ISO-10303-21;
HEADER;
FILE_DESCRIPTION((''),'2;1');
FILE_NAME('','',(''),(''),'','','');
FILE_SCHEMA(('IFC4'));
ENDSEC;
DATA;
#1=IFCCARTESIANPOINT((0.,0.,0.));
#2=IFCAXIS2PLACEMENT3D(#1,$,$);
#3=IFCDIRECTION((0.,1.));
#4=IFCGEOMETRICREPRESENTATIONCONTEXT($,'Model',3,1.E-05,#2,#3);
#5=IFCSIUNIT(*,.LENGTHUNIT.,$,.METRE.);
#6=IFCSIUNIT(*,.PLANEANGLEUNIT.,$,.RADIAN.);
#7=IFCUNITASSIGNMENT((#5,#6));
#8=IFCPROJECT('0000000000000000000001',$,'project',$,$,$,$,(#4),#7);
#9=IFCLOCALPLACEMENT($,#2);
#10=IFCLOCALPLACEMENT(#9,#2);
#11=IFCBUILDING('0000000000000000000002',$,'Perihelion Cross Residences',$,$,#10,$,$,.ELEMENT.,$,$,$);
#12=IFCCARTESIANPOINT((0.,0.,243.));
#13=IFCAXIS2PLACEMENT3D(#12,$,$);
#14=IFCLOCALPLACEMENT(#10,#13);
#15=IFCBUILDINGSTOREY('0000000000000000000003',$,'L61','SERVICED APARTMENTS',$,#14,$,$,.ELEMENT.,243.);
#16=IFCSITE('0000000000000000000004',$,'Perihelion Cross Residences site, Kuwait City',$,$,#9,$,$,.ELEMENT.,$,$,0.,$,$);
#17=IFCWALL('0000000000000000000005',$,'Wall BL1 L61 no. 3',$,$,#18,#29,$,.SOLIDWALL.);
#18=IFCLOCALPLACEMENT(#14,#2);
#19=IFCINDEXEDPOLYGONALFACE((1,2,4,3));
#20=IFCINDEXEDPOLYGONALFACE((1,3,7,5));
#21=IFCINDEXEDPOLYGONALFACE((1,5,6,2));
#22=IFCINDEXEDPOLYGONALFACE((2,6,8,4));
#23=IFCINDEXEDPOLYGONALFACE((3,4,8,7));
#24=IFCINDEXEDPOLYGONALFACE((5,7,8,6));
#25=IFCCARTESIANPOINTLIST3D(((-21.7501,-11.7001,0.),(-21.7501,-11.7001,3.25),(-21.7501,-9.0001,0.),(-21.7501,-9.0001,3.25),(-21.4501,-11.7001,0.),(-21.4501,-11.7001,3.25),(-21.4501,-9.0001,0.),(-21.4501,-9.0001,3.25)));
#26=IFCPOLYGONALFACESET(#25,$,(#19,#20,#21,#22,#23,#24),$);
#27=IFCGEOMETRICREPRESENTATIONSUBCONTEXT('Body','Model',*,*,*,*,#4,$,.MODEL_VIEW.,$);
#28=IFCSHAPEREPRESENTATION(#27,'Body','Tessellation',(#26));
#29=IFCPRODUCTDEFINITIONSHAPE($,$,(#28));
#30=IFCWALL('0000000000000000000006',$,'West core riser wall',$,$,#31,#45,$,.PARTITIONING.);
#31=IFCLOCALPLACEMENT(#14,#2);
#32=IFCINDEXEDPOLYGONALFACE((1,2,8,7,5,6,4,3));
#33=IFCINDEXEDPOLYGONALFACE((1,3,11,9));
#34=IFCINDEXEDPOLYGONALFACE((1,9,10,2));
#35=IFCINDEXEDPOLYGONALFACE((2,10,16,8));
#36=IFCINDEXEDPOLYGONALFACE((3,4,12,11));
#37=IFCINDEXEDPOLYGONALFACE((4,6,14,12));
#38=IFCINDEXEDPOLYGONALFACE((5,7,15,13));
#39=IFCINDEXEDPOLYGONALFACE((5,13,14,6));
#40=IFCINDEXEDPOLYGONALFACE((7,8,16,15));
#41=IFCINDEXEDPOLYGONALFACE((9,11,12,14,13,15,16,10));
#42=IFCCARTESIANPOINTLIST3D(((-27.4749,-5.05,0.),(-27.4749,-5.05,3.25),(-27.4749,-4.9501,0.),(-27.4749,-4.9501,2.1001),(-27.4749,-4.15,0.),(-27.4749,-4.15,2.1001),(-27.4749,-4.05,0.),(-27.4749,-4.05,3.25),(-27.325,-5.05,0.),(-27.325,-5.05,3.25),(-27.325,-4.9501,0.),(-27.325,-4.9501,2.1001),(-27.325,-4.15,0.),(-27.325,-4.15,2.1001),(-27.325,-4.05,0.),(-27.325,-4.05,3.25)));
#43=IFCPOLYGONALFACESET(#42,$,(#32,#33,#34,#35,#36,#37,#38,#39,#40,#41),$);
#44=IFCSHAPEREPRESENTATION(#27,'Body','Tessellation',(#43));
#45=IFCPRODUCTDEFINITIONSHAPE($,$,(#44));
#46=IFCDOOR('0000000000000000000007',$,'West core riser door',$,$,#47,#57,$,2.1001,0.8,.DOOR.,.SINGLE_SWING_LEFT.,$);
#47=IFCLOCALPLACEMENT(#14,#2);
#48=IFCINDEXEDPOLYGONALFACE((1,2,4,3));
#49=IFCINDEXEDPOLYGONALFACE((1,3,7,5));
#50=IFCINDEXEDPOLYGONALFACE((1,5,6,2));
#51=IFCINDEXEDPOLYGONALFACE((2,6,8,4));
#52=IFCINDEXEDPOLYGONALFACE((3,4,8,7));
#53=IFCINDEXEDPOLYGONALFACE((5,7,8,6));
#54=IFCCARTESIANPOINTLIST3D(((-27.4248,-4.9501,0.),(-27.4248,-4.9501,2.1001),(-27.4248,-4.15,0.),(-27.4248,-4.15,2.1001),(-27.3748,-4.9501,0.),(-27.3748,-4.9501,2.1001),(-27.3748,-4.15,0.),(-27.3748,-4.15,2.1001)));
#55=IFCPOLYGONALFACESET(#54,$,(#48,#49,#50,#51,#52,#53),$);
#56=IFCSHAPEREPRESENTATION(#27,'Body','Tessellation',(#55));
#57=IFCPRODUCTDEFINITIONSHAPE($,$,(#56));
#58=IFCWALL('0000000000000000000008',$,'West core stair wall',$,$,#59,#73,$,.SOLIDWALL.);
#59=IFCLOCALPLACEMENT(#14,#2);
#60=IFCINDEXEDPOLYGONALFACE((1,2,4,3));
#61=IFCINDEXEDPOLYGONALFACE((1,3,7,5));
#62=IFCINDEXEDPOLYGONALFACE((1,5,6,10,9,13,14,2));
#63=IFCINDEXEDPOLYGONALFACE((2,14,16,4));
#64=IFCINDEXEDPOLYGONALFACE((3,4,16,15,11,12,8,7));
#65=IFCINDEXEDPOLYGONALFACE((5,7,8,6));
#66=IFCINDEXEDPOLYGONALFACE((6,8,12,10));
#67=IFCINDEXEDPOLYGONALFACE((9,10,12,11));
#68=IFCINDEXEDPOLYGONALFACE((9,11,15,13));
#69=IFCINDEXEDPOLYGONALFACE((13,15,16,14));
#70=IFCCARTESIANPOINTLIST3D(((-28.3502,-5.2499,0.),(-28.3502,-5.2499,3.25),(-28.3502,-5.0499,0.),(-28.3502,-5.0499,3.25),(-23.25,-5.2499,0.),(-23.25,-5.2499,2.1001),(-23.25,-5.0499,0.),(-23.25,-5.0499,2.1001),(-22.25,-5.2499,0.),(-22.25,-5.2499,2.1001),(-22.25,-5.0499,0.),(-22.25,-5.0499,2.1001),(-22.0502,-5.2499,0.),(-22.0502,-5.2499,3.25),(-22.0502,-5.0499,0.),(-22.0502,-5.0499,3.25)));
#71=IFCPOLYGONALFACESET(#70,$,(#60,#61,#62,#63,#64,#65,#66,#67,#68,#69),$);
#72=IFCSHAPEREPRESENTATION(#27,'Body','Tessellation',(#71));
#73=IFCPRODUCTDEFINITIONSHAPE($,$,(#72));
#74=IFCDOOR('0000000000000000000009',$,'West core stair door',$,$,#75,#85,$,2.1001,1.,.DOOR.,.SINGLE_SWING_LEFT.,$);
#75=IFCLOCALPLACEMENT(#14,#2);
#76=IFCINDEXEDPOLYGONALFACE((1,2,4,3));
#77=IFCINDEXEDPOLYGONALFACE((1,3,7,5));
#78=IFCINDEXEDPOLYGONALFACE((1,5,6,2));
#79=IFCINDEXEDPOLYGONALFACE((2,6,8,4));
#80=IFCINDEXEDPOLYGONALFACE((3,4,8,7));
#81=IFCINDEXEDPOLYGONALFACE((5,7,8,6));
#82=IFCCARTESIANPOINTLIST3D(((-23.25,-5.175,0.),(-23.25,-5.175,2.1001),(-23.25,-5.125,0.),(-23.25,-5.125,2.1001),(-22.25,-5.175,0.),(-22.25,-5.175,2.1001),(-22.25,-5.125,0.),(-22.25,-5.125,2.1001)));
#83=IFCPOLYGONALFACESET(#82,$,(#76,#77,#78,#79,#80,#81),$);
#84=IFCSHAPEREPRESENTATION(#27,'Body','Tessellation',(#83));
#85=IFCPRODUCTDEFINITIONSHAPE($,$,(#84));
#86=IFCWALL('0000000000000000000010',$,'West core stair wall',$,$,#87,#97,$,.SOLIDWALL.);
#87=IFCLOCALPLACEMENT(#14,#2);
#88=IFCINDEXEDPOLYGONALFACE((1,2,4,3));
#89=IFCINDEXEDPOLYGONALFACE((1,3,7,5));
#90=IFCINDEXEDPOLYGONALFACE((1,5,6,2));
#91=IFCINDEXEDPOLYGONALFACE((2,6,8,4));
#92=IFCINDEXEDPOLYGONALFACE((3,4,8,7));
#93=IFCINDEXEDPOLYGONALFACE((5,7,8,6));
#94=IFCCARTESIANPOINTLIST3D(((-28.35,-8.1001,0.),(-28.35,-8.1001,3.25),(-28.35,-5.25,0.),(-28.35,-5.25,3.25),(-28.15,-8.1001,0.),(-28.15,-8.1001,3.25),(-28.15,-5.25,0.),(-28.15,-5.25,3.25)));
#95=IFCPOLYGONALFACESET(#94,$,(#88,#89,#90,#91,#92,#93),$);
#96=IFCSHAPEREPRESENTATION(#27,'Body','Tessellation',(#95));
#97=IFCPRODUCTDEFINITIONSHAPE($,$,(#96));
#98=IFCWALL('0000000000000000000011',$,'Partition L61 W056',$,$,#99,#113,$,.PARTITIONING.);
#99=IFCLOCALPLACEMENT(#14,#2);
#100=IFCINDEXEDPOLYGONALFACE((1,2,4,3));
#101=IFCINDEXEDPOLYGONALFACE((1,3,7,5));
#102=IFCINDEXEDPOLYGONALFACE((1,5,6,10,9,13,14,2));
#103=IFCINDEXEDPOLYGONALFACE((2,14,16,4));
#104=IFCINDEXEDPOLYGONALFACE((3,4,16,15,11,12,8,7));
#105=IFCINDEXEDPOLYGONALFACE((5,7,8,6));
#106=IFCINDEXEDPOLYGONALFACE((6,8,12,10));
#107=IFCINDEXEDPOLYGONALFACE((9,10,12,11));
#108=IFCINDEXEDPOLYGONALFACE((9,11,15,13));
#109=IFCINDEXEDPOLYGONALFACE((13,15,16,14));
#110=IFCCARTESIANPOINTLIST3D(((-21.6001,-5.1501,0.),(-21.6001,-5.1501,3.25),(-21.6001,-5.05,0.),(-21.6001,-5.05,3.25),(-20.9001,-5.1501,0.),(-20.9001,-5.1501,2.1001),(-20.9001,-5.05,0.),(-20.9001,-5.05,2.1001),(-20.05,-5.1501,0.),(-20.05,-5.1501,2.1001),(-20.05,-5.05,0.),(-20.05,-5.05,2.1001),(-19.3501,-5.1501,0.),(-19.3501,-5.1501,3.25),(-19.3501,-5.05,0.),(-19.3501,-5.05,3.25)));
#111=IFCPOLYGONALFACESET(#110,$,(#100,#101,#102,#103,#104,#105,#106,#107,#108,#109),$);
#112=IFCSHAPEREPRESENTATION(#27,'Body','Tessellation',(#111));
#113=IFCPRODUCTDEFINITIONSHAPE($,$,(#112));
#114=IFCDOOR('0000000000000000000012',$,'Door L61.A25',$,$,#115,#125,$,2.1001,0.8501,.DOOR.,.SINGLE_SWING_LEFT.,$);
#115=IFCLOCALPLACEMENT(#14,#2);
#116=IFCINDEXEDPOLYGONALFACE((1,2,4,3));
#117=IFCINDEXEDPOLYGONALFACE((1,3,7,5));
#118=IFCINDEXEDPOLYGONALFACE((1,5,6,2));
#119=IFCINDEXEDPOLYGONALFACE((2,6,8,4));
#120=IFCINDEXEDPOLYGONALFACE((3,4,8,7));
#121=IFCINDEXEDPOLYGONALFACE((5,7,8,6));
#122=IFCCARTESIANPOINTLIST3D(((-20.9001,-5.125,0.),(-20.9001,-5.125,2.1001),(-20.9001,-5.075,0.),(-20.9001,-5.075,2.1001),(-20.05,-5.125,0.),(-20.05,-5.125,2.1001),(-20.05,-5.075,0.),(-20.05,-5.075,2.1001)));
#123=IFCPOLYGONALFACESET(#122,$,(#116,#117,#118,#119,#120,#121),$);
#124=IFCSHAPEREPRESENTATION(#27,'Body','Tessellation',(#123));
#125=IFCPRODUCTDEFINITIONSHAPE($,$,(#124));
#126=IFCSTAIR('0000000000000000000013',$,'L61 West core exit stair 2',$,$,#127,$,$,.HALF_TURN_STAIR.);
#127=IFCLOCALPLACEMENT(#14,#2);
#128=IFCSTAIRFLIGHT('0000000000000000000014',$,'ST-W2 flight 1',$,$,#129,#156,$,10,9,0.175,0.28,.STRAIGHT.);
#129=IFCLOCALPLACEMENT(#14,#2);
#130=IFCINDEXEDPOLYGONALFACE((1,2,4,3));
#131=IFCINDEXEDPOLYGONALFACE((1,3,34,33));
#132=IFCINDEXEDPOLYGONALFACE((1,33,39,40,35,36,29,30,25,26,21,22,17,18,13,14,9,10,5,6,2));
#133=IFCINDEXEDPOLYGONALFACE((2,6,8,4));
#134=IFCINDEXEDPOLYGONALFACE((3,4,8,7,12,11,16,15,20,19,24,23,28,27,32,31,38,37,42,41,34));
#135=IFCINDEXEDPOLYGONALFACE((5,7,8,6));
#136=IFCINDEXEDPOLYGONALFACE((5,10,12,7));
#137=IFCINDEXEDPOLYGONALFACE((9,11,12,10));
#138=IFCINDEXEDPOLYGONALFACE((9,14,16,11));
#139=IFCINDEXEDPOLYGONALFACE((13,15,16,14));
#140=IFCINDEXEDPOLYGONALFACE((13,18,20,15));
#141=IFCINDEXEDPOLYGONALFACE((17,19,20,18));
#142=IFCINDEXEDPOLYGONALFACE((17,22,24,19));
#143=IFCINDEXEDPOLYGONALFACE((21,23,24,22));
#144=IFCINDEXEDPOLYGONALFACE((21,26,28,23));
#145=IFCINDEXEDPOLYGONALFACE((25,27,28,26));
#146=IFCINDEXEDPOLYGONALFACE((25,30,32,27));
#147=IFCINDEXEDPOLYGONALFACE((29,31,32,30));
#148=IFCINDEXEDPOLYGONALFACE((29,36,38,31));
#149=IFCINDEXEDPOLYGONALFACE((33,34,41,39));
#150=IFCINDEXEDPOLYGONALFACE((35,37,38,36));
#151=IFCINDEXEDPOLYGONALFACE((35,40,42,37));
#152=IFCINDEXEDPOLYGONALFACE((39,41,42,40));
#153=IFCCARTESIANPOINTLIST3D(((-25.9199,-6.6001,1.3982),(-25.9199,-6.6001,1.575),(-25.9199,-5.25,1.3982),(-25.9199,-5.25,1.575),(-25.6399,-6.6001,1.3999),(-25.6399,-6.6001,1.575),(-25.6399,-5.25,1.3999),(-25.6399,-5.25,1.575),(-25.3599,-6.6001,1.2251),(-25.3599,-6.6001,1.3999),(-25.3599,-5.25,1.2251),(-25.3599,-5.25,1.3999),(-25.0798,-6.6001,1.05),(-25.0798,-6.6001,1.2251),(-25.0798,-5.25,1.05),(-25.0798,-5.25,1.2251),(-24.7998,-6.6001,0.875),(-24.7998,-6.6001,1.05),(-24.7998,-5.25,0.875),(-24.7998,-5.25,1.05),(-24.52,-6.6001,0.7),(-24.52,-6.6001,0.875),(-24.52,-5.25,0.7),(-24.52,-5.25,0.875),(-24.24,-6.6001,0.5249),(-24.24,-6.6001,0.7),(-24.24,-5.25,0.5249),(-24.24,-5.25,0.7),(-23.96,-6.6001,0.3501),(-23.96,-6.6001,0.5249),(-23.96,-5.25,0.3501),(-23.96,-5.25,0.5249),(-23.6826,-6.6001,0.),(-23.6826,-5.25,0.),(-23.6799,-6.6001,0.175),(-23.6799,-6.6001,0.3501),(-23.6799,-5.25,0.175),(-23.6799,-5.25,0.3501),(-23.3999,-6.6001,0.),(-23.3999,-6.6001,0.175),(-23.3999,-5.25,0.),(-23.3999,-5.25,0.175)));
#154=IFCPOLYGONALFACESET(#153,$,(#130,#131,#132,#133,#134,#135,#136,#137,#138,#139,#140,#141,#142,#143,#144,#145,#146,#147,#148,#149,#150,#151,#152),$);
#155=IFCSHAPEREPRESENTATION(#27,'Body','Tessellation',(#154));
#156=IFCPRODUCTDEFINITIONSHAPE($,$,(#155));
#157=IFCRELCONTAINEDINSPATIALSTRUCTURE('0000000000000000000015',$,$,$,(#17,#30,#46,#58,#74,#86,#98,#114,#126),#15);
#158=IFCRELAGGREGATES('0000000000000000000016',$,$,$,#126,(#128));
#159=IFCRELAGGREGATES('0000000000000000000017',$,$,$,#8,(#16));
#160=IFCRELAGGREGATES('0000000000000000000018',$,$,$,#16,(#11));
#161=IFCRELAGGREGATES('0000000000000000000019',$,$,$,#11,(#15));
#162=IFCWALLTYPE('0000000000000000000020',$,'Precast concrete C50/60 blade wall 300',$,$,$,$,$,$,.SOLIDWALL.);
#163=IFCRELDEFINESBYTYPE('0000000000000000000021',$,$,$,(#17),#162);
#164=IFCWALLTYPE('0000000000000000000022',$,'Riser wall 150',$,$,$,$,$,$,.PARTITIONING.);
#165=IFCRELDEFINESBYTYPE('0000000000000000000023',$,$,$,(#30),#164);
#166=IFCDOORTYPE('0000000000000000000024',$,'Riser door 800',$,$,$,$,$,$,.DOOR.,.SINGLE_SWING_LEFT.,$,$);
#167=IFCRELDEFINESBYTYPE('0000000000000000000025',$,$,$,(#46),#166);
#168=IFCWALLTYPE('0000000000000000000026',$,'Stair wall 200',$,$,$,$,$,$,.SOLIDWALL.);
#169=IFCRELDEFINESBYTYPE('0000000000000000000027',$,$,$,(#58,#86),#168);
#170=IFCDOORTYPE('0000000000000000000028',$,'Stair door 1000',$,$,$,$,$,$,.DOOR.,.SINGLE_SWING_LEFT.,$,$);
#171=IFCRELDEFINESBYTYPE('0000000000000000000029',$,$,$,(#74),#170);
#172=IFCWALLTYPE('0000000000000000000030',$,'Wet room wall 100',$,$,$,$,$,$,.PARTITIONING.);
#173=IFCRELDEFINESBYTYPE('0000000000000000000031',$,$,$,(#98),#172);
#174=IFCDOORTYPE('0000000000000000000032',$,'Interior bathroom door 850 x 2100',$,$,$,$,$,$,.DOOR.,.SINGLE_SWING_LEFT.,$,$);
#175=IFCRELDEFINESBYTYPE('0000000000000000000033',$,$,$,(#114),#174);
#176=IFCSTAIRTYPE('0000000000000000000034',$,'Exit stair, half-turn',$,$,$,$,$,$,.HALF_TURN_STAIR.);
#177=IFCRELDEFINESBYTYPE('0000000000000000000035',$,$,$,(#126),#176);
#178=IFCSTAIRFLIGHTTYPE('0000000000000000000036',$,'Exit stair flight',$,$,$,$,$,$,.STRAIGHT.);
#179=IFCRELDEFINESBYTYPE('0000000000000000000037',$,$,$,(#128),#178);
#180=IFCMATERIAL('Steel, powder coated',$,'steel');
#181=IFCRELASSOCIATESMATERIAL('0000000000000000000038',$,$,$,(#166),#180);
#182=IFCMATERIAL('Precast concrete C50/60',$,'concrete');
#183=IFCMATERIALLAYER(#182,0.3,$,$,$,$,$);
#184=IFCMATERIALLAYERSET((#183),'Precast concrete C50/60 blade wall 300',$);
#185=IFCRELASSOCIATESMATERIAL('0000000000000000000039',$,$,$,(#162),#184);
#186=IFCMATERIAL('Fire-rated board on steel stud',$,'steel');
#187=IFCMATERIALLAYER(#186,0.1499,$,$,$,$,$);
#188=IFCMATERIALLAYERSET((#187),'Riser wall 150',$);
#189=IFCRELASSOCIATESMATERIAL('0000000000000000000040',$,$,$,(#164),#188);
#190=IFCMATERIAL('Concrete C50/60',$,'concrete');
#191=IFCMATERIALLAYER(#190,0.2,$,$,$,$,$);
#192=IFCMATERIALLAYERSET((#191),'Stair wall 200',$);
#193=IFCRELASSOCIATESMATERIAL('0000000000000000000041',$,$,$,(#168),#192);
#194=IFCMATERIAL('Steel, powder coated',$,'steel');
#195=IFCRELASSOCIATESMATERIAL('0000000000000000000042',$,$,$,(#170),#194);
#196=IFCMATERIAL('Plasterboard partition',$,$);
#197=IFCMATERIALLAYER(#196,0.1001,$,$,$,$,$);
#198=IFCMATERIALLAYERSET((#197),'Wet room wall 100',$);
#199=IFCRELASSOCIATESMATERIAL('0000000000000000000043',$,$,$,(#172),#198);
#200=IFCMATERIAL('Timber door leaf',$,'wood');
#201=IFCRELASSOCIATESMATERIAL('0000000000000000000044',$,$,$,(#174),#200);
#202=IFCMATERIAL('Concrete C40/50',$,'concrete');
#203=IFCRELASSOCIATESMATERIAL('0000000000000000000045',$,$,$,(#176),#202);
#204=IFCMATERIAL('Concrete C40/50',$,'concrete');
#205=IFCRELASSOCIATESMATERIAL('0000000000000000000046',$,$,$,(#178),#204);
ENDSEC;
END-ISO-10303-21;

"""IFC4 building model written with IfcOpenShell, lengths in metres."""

from ifc_helpers import new_model, si_unit, direction, frame, frame_2d, origin, place, context, subcontext, project, spatial, polyline, rectangle, outline, extrude, material, layer, layer_set, type_object, element, fill, aggregate, save


model = new_model("IFC4")

# Units and contexts
model_context = context("Model", 3, precision=1e-05, world=origin(), true_north=direction((0.0, 1.0)))
body_context = subcontext(model_context, "Body", "Model", "MODEL_VIEW")
ifc_project = project(units=[si_unit("LENGTHUNIT", "METRE"), si_unit("PLANEANGLEUNIT", "RADIAN")], contexts=[model_context])

# Site, building, storey
site_placement = place(None, origin())
site = spatial("IfcSite", under=ifc_project, at=site_placement, Name="Perihelion Cross Residences site, Kuwait City", CompositionType="ELEMENT", RefElevation=0.0)
building_placement = place(site_placement, origin())
building = spatial("IfcBuilding", under=site, at=building_placement, Name="Perihelion Cross Residences", CompositionType="ELEMENT")
storey_placement = place(building_placement, frame((0.0, 0.0, 243.0)))
storey = spatial("IfcBuildingStorey", under=building, at=storey_placement, Name="L61", Description="SERVICED APARTMENTS", CompositionType="ELEMENT", Elevation=243.0)

# Shared definitions
ifc_material_1 = material(Name="Steel, powder coated", Category="steel")
door_type_1 = type_object("IfcDoorType", Name="Riser door 800", OperationType="SINGLE_SWING_LEFT", PredefinedType="DOOR", material=ifc_material_1)

# Wall
ifc_material_2 = material(Name="Precast concrete C50/60", Category="concrete")
ifc_layer_1 = layer(ifc_material_2, 0.3)
ifc_layer_set_1 = layer_set([ifc_layer_1], Name="Precast concrete C50/60 blade wall 300")
wall_type_1 = type_object("IfcWallType", Name="Precast concrete C50/60 blade wall 300", PredefinedType="SOLIDWALL", material=ifc_layer_set_1)
wall_1_placement = place(storey_placement, frame((-21.6001, -9.0, 0.0), z_axis=(0.0, 0.0, 1.0), x_axis=(0.0, -1.0, 0.0)))
element("IfcWall", 1, at=wall_1_placement, inside=storey, type_object=wall_type_1, Name="Wall BL1 L61 no. 3", PredefinedType="SOLIDWALL", context=body_context, shape_type="SweptSolid", body=[
    extrude(rectangle(XDim=2.7, YDim=0.3, at=frame_2d((1.3501, 0.0))), origin(), (0.0, 0.0, 1.0), 3.25),
])

# Walls, openings, doors
ifc_material_3 = material(Name="Fire-rated board on steel stud", Category="steel")
ifc_layer_2 = layer(ifc_material_3, 0.1499)
ifc_layer_set_2 = layer_set([ifc_layer_2], Name="Riser wall 150")
wall_type_2 = type_object("IfcWallType", Name="Riser wall 150", PredefinedType="PARTITIONING", material=ifc_layer_set_2)
wall_2_placement = place(storey_placement, frame((-27.3999, -5.05, 0.0), z_axis=(0.0, 0.0, 1.0), x_axis=(0.0, 1.0, 0.0)))
wall_2 = element("IfcWall", 2, at=wall_2_placement, inside=storey, type_object=wall_type_2, Name="West core riser wall", PredefinedType="PARTITIONING", context=body_context, shape_type="SweptSolid", body=[
    extrude(rectangle(XDim=1.0, YDim=0.1499, at=frame_2d((0.5, 0.0))), origin(), (0.0, 0.0, 1.0), 3.25),
])
opening_1_placement = place(wall_2_placement, frame((0.1001, 0.0, 0.0)))
opening_1 = element("IfcOpeningElement", 3, at=opening_1_placement, cuts=wall_2, PredefinedType="OPENING", context=body_context, shape_type="SweptSolid", body=[
    extrude(rectangle(XDim=0.8, YDim=2.1001, at=frame_2d((0.3999, 1.05))), frame((0.0, 0.085, 0.0), z_axis=(0.0, -1.0, 0.0), x_axis=(1.0, 0.0, 0.0)), (0.0, 0.0, 1.0), 0.1699),
])
door_1_placement = place(opening_1_placement, origin())
door_1 = element("IfcDoor", 4, at=door_1_placement, inside=storey, type_object=door_type_1, Name="West core riser door", OperationType="SINGLE_SWING_LEFT", OverallHeight=2.1001, OverallWidth=0.8, PredefinedType="DOOR", context=body_context, shape_type="SweptSolid", body=[
    extrude(rectangle(XDim=0.8, YDim=2.1001, at=frame_2d((0.3999, 1.05))), frame((0.0, 0.0249, 0.0), z_axis=(0.0, -1.0, 0.0), x_axis=(1.0, 0.0, 0.0)), (0.0, 0.0, 1.0), 0.05),
])
fill(opening_1, door_1)
ifc_material_4 = material(Name="Concrete C50/60", Category="concrete")
ifc_layer_3 = layer(ifc_material_4, 0.2)
ifc_layer_set_3 = layer_set([ifc_layer_3], Name="Stair wall 200")
wall_type_3 = type_object("IfcWallType", Name="Stair wall 200", PredefinedType="SOLIDWALL", material=ifc_layer_set_3)
wall_3_placement = place(storey_placement, frame((-28.3501, -5.1499, 0.0), z_axis=(0.0, 0.0, 1.0), x_axis=(1.0, 0.0, 0.0)))
wall_3 = element("IfcWall", 5, at=wall_3_placement, inside=storey, type_object=wall_type_3, Name="West core stair wall", PredefinedType="SOLIDWALL", context=body_context, shape_type="SweptSolid", body=[
    extrude(rectangle(XDim=6.3, YDim=0.2, at=frame_2d((3.1499, 0.0))), origin(), (0.0, 0.0, 1.0), 3.25),
])
opening_2_placement = place(wall_3_placement, frame((5.1001, 0.0, 0.0)))
opening_2 = element("IfcOpeningElement", 6, at=opening_2_placement, cuts=wall_3, PredefinedType="OPENING", context=body_context, shape_type="SweptSolid", body=[
    extrude(rectangle(XDim=1.0, YDim=2.1001, at=frame_2d((0.5, 1.05))), frame((0.0, 0.1099, 0.0), z_axis=(0.0, -1.0, 0.0), x_axis=(1.0, 0.0, 0.0)), (0.0, 0.0, 1.0), 0.22),
])
ifc_material_5 = material(Name="Steel, powder coated", Category="steel")
door_type_2 = type_object("IfcDoorType", Name="Stair door 1000", OperationType="SINGLE_SWING_LEFT", PredefinedType="DOOR", material=ifc_material_5)
door_2_placement = place(opening_2_placement, origin())
door_2 = element("IfcDoor", 7, at=door_2_placement, inside=storey, type_object=door_type_2, Name="West core stair door", OperationType="SINGLE_SWING_LEFT", OverallHeight=2.1001, OverallWidth=1.0, PredefinedType="DOOR", context=body_context, shape_type="SweptSolid", body=[
    extrude(rectangle(XDim=1.0, YDim=2.1001, at=frame_2d((0.5, 1.05))), frame((0.0, 0.0249, 0.0), z_axis=(0.0, -1.0, 0.0), x_axis=(1.0, 0.0, 0.0)), (0.0, 0.0, 1.0), 0.05),
])
fill(opening_2, door_2)

# Wall
wall_4_placement = place(storey_placement, frame((-28.25, -8.1001, 0.0), z_axis=(0.0, 0.0, 1.0), x_axis=(0.0, 1.0, 0.0)))
element("IfcWall", 8, at=wall_4_placement, inside=storey, type_object=wall_type_3, Name="West core stair wall", PredefinedType="SOLIDWALL", context=body_context, shape_type="SweptSolid", body=[
    extrude(rectangle(XDim=2.8501, YDim=0.2, at=frame_2d((1.425, 0.0))), origin(), (0.0, 0.0, 1.0), 3.25),
])

# Wall, opening, door
ifc_material_6 = material(Name="Plasterboard partition")
ifc_layer_4 = layer(ifc_material_6, 0.1001)
ifc_layer_set_4 = layer_set([ifc_layer_4], Name="Wet room wall 100")
wall_type_4 = type_object("IfcWallType", Name="Wet room wall 100", PredefinedType="PARTITIONING", material=ifc_layer_set_4)
wall_5_placement = place(storey_placement, frame((-19.3501, -5.1001, 0.0), z_axis=(0.0, 0.0, 1.0), x_axis=(-1.0, 0.0, 0.0)))
wall_5 = element("IfcWall", 9, at=wall_5_placement, inside=storey, type_object=wall_type_4, Name="Partition L61 W056", PredefinedType="PARTITIONING", context=body_context, shape_type="SweptSolid", body=[
    extrude(rectangle(XDim=2.25, YDim=0.1001, at=frame_2d((1.125, 0.0))), origin(), (0.0, 0.0, 1.0), 3.25),
])
opening_3_placement = place(wall_5_placement, frame((0.7, 0.0, 0.0)))
opening_3 = element("IfcOpeningElement", 10, at=opening_3_placement, cuts=wall_5, PredefinedType="OPENING", context=body_context, shape_type="SweptSolid", body=[
    extrude(rectangle(XDim=0.8501, YDim=2.1001, at=frame_2d((0.425, 1.05))), frame((0.0, 0.0601, 0.0), z_axis=(0.0, -1.0, 0.0), x_axis=(1.0, 0.0, 0.0)), (0.0, 0.0, 1.0), 0.1201),
])
ifc_material_7 = material(Name="Timber door leaf", Category="wood")
door_type_3 = type_object("IfcDoorType", Name="Interior bathroom door 850 x 2100", OperationType="SINGLE_SWING_LEFT", PredefinedType="DOOR", material=ifc_material_7)
door_3_placement = place(opening_3_placement, origin())
door_3 = element("IfcDoor", 11, at=door_3_placement, inside=storey, type_object=door_type_3, Name="Door L61.A25", OperationType="SINGLE_SWING_LEFT", OverallHeight=2.1001, OverallWidth=0.8501, PredefinedType="DOOR", context=body_context, shape_type="SweptSolid", body=[
    extrude(rectangle(XDim=0.8501, YDim=2.1001, at=frame_2d((0.425, 1.05))), frame((0.0, 0.0249, 0.0), z_axis=(0.0, -1.0, 0.0), x_axis=(1.0, 0.0, 0.0)), (0.0, 0.0, 1.0), 0.05),
])
fill(opening_3, door_3)

# Stair, stair flight
ifc_material_8 = material(Name="Concrete C40/50", Category="concrete")
stair_type = type_object("IfcStairType", Name="Exit stair, half-turn", PredefinedType="HALF_TURN_STAIR", material=ifc_material_8)
stair_placement = place(storey_placement, origin())
stair = element("IfcStair", 12, at=stair_placement, inside=storey, type_object=stair_type, Name="L61 West core exit stair 2", PredefinedType="HALF_TURN_STAIR")
ifc_material_9 = material(Name="Concrete C40/50", Category="concrete")
stair_flight_type = type_object("IfcStairFlightType", Name="Exit stair flight", PredefinedType="STRAIGHT", material=ifc_material_9)
stair_flight_1_placement = place(storey_placement, frame((-23.3999, -5.925, 0.0), z_axis=(0.0, 0.0, 1.0), x_axis=(-1.0, 0.0, 0.0)))
stair_flight_1 = element("IfcStairFlight", 13, at=stair_flight_1_placement, type_object=stair_flight_type, Name="ST-W2 flight 1", NumberOfRisers=10, NumberOfTreads=9, PredefinedType="STRAIGHT", RiserHeight=0.175, TreadLength=0.28, context=body_context, shape_type="SweptSolid", body=[
    extrude(outline(polyline([(0.0, 0.0), (0.0, 0.175), (0.28, 0.175), (0.28, 0.3501), (0.5601, 0.3501), (0.5601, 0.5249), (0.8401, 0.5249), (0.8401, 0.7), (1.1201, 0.7), (1.1201, 0.875), (1.3999, 0.875), (1.3999, 1.05), (1.6799, 1.05), (1.6799, 1.2251), (1.96, 1.2251), (1.96, 1.3999), (2.24, 1.3999), (2.24, 1.575), (2.52, 1.575), (2.52, 1.75), (2.52, 1.3982), (0.2827, 0.0), (0.0, 0.0)])), frame((0.0, 0.675, 0.0), z_axis=(0.0, -1.0, 0.0), x_axis=(1.0, 0.0, 0.0)), (0.0, 0.0, 1.0), 1.3501),
])
aggregate(stair, [stair_flight_1])

save(model, "model.ifc")
